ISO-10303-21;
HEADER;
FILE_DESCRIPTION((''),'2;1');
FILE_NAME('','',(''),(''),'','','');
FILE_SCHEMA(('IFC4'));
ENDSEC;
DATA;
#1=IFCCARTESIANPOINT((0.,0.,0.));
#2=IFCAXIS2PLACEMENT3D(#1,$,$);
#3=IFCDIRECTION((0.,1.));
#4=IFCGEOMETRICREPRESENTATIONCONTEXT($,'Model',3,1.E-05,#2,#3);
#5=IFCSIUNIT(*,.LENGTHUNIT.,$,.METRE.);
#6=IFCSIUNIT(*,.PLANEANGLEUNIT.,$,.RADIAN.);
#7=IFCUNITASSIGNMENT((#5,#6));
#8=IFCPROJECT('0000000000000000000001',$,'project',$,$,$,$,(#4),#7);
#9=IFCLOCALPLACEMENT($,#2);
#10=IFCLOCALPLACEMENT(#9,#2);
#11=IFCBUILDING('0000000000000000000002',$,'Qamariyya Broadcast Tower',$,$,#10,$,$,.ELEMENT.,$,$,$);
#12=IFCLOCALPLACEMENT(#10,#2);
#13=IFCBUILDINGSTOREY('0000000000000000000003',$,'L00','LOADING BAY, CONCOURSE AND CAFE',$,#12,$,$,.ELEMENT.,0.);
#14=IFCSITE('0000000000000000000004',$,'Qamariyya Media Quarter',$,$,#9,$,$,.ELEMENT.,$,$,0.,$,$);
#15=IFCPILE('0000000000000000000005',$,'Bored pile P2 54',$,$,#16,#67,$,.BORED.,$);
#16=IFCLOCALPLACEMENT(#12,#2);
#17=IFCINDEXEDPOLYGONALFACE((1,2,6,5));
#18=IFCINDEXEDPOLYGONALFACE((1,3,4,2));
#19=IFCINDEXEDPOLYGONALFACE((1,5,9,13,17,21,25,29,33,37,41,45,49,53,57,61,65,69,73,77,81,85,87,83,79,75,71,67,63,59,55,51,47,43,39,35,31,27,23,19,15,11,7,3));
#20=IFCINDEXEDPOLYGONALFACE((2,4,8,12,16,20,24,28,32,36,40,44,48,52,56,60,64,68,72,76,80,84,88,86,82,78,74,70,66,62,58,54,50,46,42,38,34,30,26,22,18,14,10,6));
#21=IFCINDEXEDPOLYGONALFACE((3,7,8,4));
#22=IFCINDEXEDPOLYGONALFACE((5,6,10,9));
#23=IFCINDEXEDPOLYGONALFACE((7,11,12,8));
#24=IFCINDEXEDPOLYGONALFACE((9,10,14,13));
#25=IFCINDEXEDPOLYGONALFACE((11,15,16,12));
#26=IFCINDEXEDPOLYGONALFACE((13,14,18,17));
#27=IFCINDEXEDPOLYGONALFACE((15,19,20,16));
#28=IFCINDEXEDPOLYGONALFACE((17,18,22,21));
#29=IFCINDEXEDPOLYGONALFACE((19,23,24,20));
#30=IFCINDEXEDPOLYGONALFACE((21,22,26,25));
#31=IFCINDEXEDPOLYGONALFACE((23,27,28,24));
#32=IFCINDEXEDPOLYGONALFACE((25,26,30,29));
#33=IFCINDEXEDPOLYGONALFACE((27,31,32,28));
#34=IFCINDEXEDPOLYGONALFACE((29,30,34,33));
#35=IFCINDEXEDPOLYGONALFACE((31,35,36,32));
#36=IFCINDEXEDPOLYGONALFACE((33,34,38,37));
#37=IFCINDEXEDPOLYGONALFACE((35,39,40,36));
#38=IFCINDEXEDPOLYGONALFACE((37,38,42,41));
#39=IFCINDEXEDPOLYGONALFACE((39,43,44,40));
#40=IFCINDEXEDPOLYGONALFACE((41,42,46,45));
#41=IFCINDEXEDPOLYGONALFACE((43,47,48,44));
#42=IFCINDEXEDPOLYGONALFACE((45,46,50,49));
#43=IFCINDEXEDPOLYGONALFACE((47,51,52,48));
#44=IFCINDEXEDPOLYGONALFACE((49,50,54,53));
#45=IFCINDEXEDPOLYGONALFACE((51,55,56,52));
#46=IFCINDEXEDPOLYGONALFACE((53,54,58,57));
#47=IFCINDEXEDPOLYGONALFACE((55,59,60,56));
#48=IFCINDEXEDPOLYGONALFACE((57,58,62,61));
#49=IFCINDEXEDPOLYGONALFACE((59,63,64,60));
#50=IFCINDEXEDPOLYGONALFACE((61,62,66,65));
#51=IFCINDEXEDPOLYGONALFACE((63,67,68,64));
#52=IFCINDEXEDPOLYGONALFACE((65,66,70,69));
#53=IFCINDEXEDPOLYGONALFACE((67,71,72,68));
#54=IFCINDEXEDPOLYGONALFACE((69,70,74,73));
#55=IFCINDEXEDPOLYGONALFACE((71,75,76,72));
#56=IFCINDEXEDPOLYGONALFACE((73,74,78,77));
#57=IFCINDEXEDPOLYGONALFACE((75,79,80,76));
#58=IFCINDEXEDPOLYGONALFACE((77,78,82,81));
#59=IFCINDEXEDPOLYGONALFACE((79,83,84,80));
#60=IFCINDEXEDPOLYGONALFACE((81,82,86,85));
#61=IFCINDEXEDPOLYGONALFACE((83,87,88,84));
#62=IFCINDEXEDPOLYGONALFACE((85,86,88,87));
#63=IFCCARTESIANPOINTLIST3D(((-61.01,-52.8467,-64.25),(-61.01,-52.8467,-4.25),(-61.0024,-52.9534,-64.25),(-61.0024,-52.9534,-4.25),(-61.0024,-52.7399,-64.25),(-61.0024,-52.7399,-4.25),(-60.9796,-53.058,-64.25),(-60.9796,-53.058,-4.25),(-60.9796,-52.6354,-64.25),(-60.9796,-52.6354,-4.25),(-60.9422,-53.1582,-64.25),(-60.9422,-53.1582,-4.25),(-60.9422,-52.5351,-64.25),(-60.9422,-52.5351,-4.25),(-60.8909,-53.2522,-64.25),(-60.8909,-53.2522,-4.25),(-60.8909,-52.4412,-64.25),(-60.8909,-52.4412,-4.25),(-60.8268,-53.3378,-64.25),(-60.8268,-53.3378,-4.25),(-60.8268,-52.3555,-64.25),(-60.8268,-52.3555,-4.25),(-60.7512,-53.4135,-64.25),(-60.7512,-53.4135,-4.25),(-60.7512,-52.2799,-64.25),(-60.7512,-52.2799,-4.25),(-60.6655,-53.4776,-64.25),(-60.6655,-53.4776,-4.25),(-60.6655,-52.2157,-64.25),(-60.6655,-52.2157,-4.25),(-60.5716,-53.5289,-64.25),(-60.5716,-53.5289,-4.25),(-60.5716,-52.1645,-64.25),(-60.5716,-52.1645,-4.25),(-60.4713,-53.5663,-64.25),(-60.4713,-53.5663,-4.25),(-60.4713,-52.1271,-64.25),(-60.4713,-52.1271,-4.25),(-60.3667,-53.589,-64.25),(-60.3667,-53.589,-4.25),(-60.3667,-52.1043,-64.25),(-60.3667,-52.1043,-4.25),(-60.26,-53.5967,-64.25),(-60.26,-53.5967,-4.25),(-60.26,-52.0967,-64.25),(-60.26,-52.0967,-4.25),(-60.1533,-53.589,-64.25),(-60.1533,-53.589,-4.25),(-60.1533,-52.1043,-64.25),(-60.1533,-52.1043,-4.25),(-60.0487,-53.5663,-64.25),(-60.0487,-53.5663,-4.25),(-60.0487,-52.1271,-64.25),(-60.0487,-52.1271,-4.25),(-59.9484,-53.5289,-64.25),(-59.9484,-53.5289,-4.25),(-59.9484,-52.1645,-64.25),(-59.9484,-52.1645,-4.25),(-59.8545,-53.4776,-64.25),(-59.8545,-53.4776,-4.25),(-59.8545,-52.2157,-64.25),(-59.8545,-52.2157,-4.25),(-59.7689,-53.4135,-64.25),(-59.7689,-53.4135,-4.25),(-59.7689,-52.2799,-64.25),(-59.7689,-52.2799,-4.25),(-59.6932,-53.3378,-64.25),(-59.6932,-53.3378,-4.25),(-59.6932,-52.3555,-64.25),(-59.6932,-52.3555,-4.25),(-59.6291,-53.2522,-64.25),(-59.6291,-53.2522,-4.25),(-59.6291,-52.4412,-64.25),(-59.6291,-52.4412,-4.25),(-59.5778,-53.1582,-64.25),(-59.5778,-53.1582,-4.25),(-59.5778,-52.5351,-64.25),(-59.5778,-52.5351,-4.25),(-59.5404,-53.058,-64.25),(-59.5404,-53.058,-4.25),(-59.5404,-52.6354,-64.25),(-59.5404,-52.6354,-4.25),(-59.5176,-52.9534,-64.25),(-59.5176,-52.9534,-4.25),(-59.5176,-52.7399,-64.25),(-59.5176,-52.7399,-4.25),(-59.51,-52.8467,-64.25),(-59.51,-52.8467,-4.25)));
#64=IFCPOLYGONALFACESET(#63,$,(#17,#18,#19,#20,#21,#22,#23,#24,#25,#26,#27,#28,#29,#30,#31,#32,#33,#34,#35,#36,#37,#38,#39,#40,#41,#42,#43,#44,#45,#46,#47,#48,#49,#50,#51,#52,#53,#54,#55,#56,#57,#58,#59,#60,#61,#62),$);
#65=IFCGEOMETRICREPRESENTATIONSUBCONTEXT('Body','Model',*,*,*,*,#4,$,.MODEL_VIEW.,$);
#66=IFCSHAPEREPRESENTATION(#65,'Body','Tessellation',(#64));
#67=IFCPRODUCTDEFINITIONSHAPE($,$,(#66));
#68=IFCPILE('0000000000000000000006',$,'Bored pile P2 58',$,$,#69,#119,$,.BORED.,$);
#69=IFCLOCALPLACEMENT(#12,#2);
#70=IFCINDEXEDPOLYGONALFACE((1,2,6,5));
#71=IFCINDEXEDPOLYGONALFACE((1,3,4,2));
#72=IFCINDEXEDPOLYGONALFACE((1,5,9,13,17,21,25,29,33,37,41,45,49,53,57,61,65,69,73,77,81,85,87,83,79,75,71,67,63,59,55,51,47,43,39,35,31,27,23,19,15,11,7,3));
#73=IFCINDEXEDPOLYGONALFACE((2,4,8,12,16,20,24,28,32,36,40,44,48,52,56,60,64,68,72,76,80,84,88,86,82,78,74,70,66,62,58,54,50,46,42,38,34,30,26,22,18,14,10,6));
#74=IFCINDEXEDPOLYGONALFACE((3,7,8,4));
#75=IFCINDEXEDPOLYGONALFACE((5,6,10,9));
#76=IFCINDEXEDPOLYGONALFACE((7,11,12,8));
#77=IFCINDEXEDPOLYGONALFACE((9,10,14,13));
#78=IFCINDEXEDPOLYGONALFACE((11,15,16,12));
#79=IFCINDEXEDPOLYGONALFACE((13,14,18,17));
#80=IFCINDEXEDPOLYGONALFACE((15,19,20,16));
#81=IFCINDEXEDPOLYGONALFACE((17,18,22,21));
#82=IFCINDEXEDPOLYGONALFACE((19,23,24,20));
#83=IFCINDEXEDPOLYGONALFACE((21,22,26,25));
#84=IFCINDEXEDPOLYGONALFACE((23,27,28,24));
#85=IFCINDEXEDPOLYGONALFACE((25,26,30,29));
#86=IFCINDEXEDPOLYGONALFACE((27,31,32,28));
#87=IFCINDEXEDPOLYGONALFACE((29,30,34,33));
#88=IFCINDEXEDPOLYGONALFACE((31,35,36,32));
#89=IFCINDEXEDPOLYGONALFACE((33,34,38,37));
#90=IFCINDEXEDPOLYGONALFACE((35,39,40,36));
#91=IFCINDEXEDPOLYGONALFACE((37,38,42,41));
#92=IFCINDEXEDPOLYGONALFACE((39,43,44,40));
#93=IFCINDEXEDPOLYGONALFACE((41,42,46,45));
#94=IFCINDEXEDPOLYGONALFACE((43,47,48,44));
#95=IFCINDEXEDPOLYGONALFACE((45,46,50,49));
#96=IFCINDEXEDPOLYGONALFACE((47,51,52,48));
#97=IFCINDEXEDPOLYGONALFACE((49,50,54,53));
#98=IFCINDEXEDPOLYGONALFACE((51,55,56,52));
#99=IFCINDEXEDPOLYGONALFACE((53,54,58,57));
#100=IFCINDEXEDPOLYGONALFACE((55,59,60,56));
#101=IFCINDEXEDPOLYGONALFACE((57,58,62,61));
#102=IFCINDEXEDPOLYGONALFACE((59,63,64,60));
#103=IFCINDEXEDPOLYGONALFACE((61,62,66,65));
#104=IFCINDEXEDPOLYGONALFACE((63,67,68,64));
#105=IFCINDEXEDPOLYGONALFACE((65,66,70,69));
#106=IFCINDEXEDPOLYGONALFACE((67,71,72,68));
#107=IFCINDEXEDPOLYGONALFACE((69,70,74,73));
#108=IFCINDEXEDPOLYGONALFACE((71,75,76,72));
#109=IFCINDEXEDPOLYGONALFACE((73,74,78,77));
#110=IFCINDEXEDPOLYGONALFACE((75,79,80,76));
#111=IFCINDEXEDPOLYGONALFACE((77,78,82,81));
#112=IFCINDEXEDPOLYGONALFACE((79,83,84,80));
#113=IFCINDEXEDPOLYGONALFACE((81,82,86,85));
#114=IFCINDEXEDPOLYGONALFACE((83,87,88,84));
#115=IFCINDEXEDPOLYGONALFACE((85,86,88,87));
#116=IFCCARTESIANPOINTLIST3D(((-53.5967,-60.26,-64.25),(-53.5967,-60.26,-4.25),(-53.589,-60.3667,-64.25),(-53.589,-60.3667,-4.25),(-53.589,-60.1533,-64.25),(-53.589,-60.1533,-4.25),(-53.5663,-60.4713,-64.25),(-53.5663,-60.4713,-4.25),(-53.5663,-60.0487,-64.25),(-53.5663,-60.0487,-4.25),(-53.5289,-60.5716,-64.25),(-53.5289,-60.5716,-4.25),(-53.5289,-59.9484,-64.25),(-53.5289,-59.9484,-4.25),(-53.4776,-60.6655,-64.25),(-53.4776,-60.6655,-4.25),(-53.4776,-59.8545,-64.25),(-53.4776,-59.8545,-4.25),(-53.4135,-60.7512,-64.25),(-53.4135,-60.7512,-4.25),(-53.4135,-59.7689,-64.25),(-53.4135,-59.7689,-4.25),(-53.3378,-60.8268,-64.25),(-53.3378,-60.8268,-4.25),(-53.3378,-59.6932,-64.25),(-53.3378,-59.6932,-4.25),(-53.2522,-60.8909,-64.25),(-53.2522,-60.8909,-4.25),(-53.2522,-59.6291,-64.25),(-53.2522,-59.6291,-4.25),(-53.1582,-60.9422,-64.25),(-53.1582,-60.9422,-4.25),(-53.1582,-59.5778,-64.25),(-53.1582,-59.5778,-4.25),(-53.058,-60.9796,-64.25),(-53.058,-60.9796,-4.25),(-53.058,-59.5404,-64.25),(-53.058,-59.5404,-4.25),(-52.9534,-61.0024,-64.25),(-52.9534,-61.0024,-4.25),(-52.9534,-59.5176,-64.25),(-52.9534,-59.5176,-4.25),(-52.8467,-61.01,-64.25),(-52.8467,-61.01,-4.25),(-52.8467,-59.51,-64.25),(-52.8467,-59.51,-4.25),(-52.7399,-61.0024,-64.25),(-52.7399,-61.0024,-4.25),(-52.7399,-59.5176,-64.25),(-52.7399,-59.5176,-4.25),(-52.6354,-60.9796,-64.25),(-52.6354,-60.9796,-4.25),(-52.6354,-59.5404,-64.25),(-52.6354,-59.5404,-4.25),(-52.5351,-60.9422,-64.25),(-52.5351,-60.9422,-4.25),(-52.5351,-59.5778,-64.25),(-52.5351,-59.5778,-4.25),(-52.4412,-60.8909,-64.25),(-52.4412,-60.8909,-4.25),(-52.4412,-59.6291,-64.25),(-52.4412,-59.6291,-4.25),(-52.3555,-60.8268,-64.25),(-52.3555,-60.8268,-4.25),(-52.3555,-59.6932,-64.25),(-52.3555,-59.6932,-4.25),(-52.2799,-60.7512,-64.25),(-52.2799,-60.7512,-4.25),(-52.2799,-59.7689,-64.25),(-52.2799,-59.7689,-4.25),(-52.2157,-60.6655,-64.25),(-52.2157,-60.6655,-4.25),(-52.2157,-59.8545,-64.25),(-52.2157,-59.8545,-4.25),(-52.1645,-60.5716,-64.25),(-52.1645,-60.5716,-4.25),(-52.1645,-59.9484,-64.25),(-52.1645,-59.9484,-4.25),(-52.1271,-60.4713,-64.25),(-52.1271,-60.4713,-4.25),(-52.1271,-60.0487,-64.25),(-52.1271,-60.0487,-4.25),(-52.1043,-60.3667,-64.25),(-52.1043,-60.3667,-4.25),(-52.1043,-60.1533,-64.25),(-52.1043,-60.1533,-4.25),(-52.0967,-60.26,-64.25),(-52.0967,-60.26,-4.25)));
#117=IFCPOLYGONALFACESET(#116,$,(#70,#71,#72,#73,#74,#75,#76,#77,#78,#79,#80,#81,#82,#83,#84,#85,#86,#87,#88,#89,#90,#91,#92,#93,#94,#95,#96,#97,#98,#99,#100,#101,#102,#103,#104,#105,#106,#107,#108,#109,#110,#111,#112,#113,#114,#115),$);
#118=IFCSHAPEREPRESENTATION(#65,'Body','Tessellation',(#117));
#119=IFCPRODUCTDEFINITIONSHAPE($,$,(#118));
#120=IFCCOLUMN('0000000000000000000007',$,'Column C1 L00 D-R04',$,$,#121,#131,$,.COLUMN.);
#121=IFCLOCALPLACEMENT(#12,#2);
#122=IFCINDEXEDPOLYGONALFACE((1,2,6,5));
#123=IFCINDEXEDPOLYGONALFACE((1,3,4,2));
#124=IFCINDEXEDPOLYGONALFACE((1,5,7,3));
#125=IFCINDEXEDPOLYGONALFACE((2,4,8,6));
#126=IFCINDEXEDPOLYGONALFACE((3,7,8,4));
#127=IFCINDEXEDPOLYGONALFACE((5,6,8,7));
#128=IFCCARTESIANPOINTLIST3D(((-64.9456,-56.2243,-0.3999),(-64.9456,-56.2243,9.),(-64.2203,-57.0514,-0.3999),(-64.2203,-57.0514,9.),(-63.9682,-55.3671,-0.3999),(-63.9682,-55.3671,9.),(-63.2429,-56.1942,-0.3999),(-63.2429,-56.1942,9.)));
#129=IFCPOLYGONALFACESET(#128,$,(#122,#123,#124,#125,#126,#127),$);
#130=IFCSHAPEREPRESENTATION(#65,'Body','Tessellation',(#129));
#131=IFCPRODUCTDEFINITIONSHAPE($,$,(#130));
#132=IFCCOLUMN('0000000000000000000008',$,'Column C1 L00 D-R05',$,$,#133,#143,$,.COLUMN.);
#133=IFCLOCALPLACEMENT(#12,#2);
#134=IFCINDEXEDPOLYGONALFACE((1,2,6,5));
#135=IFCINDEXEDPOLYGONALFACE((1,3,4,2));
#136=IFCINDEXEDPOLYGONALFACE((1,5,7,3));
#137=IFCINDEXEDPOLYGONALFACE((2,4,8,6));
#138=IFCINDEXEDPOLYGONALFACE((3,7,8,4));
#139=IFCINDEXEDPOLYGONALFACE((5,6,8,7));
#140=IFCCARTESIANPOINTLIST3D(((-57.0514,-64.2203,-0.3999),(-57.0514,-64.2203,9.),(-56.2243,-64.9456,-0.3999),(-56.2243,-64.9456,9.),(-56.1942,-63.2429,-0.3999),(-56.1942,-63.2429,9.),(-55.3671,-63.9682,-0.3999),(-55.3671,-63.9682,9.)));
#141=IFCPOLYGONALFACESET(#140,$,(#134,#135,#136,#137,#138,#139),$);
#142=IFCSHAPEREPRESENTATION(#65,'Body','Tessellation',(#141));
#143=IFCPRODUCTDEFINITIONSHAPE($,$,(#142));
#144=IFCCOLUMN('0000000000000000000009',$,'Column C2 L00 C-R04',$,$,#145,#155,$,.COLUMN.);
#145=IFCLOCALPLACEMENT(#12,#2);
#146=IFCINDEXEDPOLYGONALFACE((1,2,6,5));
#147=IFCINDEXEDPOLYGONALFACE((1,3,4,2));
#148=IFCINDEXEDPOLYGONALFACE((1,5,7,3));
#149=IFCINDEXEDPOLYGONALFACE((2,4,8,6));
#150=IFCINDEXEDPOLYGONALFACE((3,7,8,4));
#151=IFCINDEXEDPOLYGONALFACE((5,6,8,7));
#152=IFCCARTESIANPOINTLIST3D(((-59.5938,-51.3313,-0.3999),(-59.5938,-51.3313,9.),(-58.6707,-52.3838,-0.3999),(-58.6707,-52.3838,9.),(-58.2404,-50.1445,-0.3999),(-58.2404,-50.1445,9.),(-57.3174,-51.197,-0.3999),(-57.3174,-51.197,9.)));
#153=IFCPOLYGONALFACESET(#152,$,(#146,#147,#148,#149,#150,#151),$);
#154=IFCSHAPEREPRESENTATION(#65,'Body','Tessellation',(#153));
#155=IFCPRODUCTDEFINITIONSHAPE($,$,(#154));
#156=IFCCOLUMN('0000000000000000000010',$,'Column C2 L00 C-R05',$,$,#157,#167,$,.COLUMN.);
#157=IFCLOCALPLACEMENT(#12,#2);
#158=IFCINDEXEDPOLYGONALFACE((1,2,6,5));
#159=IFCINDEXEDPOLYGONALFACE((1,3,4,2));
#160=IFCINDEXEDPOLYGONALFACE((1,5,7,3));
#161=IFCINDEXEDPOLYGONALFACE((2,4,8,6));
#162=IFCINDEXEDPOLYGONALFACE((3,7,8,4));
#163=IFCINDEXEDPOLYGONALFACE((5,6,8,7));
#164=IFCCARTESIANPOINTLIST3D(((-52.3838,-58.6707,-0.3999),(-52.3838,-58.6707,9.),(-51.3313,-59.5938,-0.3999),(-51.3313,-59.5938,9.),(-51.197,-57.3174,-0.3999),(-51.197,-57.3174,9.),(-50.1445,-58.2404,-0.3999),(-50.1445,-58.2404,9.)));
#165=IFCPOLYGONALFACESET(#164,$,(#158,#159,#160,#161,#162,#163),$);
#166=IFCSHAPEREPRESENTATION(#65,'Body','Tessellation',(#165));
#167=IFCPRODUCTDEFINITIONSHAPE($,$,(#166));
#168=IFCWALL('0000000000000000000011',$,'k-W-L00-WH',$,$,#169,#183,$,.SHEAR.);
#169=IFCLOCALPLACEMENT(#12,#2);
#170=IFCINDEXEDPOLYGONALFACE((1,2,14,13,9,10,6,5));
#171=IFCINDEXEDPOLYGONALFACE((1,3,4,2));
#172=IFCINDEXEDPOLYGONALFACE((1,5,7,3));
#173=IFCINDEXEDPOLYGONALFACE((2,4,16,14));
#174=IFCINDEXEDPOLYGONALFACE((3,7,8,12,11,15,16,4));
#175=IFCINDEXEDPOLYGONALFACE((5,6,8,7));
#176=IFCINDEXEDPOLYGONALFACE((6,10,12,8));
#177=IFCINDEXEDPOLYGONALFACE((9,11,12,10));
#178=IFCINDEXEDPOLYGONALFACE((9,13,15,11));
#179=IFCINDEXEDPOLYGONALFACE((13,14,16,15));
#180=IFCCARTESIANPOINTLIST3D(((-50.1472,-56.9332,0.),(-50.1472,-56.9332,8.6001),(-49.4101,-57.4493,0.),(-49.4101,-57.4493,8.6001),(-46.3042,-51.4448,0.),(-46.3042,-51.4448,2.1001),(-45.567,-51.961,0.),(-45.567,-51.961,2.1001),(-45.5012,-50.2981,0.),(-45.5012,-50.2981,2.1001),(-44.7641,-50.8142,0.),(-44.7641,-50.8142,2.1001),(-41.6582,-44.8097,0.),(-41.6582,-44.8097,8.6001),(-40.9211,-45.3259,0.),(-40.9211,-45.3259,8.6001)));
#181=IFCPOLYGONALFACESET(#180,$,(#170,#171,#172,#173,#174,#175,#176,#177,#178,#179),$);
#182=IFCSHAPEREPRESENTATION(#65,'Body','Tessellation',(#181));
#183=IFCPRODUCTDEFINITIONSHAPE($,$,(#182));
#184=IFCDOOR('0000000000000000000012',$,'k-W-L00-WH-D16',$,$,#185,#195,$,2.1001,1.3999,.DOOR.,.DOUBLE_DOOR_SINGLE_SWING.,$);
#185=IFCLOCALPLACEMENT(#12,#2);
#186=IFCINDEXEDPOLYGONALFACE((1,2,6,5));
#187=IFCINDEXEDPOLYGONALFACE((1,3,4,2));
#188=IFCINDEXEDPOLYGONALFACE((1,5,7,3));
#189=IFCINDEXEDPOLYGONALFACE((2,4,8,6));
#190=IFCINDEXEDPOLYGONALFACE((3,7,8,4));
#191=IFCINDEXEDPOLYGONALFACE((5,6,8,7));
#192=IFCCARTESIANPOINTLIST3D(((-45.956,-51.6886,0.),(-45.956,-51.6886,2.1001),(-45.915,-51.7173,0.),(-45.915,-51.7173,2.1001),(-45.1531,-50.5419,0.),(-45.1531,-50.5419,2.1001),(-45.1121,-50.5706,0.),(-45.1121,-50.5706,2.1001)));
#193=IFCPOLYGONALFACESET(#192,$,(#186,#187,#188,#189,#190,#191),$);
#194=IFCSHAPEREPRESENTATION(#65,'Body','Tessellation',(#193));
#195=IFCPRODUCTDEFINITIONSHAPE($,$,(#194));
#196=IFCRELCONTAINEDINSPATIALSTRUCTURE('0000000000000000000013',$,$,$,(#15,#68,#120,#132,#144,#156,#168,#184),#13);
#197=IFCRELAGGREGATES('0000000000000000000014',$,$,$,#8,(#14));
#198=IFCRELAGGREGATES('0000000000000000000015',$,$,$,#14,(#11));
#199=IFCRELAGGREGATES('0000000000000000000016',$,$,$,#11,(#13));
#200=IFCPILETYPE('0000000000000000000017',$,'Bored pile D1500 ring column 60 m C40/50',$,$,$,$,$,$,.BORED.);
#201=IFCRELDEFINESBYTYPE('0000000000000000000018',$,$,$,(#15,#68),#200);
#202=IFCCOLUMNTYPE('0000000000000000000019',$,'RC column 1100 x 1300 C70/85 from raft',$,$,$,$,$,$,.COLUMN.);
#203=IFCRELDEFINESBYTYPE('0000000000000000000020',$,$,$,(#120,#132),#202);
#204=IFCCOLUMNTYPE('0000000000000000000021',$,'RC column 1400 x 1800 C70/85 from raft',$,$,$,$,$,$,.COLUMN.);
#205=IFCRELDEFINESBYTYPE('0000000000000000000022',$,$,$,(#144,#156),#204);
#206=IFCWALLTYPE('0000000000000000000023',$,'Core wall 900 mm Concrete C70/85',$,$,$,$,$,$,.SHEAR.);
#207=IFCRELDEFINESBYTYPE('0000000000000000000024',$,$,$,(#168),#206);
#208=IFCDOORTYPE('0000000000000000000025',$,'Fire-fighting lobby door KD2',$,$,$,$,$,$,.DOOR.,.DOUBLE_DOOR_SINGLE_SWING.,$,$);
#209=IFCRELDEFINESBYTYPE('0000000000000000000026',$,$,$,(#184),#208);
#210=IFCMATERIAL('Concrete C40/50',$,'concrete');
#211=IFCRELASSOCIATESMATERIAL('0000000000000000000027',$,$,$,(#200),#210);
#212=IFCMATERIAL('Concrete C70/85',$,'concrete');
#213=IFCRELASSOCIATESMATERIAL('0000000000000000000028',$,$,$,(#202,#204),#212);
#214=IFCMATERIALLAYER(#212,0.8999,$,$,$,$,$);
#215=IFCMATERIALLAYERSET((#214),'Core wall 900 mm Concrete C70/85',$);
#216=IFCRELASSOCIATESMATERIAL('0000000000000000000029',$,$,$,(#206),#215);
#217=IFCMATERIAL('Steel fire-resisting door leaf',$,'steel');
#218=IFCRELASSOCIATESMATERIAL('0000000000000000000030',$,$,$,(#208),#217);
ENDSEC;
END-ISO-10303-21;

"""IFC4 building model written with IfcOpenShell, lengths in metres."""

from ifc_helpers import new_model, si_unit, direction, frame, frame_2d, origin, origin_2d, place, context, subcontext, project, spatial, rectangle, circle, extrude, material, layer, layer_set, material_profile, profile_set, type_object, element, fill, save


model = new_model("IFC4")

# Units and contexts
model_context = context("Model", 3, precision=1e-05, world=origin(), true_north=direction((0.0, 1.0)))
body_context = subcontext(model_context, "Body", "Model", "MODEL_VIEW")
ifc_project = project(units=[si_unit("LENGTHUNIT", "METRE"), si_unit("PLANEANGLEUNIT", "RADIAN")], contexts=[model_context])

# Site, building, storey
site_placement = place(None, origin())
site = spatial("IfcSite", under=ifc_project, at=site_placement, Name="Qamariyya Media Quarter", CompositionType="ELEMENT", RefElevation=0.0)
building_placement = place(site_placement, origin())
building = spatial("IfcBuilding", under=site, at=building_placement, Name="Qamariyya Broadcast Tower", CompositionType="ELEMENT")
storey_placement = place(building_placement, origin())
storey = spatial("IfcBuildingStorey", under=building, at=storey_placement, Name="L00", Description="LOADING BAY, CONCOURSE AND CAFE", CompositionType="ELEMENT", Elevation=0.0)

# Piles
ifc_material_1 = material(Name="Concrete C40/50", Category="concrete")
ifc_material_profile_1 = material_profile(ifc_material_1, circle(Radius=0.75, at=origin_2d()))
ifc_profile_set_1 = profile_set([ifc_material_profile_1], Name="Concrete C40/50")
pile_type_1 = type_object("IfcPileType", Name="Bored pile D1500 ring column 60 m C40/50", PredefinedType="BORED", material=ifc_profile_set_1)
for number, where, z_axis, x_axis, name in (
    (1, (-60.26, -52.8467, -4.25), (0.0, 0.0, -1.0), (1.0, 0.0, 0.0), "Bored pile P2 54"),
    (2, (-52.8467, -60.26, -4.25), (0.0, 0.0, -1.0), (1.0, 0.0, 0.0), "Bored pile P2 58"),
):
    element("IfcPile", number, at=place(storey_placement, frame(where, z_axis=z_axis, x_axis=x_axis)), inside=storey, type_object=pile_type_1, Name=name, PredefinedType="BORED", context=body_context, shape_type="SweptSolid", body=[
        extrude(circle(Radius=0.75, at=origin_2d()), origin(), (0.0, 0.0, 1.0), 60.0),
    ])

# Columns
ifc_material_2 = material(Name="Concrete C70/85", Category="concrete")
ifc_material_profile_2 = material_profile(ifc_material_2, rectangle(XDim=1.1001, YDim=1.3, at=origin_2d()))
ifc_profile_set_2 = profile_set([ifc_material_profile_2], Name="Concrete C70/85")
column_type_1 = type_object("IfcColumnType", Name="RC column 1100 x 1300 C70/85 from raft", PredefinedType="COLUMN", material=ifc_profile_set_2)
for number, where, z_axis, x_axis, name in (
    (3, (-64.0942, -56.2092, -0.3999), (0.0, 0.0, 1.0), (0.659346, -0.75184, 0.0), "Column C1 L00 D-R04"),
    (4, (-56.2092, -64.0942, -0.3999), (0.0, 0.0, 1.0), (0.75184, -0.659346, 0.0), "Column C1 L00 D-R05"),
):
    element("IfcColumn", number, at=place(storey_placement, frame(where, z_axis=z_axis, x_axis=x_axis)), inside=storey, type_object=column_type_1, Name=name, PredefinedType="COLUMN", context=body_context, shape_type="SweptSolid", body=[
        extrude(rectangle(XDim=1.1001, YDim=1.3, at=origin_2d()), origin(), (0.0, 0.0, 1.0), 9.3999),
    ])
ifc_material_profile_3 = material_profile(ifc_material_2, rectangle(XDim=1.3999, YDim=1.8, at=origin_2d()))
ifc_profile_set_3 = profile_set([ifc_material_profile_3], Name="Concrete C70/85")
column_type_2 = type_object("IfcColumnType", Name="RC column 1400 x 1800 C70/85 from raft", PredefinedType="COLUMN", material=ifc_profile_set_3)
for number, where, z_axis, x_axis, name in (
    (5, (-58.4556, -51.2642, -0.3999), (0.0, 0.0, 1.0), (0.659346, -0.75184, 0.0), "Column C2 L00 C-R04"),
    (6, (-51.2642, -58.4556, -0.3999), (0.0, 0.0, 1.0), (0.75184, -0.659346, 0.0), "Column C2 L00 C-R05"),
):
    element("IfcColumn", number, at=place(storey_placement, frame(where, z_axis=z_axis, x_axis=x_axis)), inside=storey, type_object=column_type_2, Name=name, PredefinedType="COLUMN", context=body_context, shape_type="SweptSolid", body=[
        extrude(rectangle(XDim=1.3999, YDim=1.8, at=origin_2d()), origin(), (0.0, 0.0, 1.0), 9.3999),
    ])

# Wall, opening, door
ifc_layer_1 = layer(ifc_material_2, 0.8999)
ifc_layer_set_1 = layer_set([ifc_layer_1], Name="Core wall 900 mm Concrete C70/85")
wall_type_1 = type_object("IfcWallType", Name="Core wall 900 mm Concrete C70/85", PredefinedType="SHEAR", material=ifc_layer_set_1)
wall_1_placement = place(storey_placement, frame((-49.7786, -57.1912, 0.0), z_axis=(0.0, 0.0, 1.0), x_axis=(0.573577, 0.819151, 0.0)))
wall_1 = element("IfcWall", 7, at=wall_1_placement, inside=storey, type_object=wall_type_1, Name="k-W-L00-WH", PredefinedType="SHEAR", context=body_context, shape_type="SweptSolid", body=[
    extrude(rectangle(XDim=14.8, YDim=0.8999, at=frame_2d((7.3999, 0.0))), origin(), (0.0, 0.0, 1.0), 8.6001),
])
opening_1_placement = place(wall_1_placement, frame((6.7, 0.0, 0.0)))
opening_1 = element("IfcOpeningElement", 8, at=opening_1_placement, cuts=wall_1, PredefinedType="OPENING", context=body_context, shape_type="SweptSolid", body=[
    extrude(rectangle(XDim=1.3999, YDim=2.1001, at=frame_2d((0.7, 1.05))), frame((0.0, 0.46, 0.0), z_axis=(0.0, -1.0, 0.0), x_axis=(1.0, 0.0, 0.0)), (0.0, 0.0, 1.0), 0.9199),
])
ifc_material_3 = material(Name="Steel fire-resisting door leaf", Category="steel")
door_type_1 = type_object("IfcDoorType", Name="Fire-fighting lobby door KD2", OperationType="DOUBLE_DOOR_SINGLE_SWING", PredefinedType="DOOR", material=ifc_material_3)
door_1_placement = place(opening_1_placement, origin())
door_1 = element("IfcDoor", 9, at=door_1_placement, inside=storey, type_object=door_type_1, Name="k-W-L00-WH-D16", OperationType="DOUBLE_DOOR_SINGLE_SWING", OverallHeight=2.1001, OverallWidth=1.3999, PredefinedType="DOOR", context=body_context, shape_type="SweptSolid", body=[
    extrude(rectangle(XDim=1.3999, YDim=2.1001, at=frame_2d((0.7, 1.05))), frame((0.0, 0.0249, 0.0), z_axis=(0.0, -1.0, 0.0), x_axis=(1.0, 0.0, 0.0)), (0.0, 0.0, 1.0), 0.05),
])
fill(opening_1, door_1)

save(model, "model.ifc")
